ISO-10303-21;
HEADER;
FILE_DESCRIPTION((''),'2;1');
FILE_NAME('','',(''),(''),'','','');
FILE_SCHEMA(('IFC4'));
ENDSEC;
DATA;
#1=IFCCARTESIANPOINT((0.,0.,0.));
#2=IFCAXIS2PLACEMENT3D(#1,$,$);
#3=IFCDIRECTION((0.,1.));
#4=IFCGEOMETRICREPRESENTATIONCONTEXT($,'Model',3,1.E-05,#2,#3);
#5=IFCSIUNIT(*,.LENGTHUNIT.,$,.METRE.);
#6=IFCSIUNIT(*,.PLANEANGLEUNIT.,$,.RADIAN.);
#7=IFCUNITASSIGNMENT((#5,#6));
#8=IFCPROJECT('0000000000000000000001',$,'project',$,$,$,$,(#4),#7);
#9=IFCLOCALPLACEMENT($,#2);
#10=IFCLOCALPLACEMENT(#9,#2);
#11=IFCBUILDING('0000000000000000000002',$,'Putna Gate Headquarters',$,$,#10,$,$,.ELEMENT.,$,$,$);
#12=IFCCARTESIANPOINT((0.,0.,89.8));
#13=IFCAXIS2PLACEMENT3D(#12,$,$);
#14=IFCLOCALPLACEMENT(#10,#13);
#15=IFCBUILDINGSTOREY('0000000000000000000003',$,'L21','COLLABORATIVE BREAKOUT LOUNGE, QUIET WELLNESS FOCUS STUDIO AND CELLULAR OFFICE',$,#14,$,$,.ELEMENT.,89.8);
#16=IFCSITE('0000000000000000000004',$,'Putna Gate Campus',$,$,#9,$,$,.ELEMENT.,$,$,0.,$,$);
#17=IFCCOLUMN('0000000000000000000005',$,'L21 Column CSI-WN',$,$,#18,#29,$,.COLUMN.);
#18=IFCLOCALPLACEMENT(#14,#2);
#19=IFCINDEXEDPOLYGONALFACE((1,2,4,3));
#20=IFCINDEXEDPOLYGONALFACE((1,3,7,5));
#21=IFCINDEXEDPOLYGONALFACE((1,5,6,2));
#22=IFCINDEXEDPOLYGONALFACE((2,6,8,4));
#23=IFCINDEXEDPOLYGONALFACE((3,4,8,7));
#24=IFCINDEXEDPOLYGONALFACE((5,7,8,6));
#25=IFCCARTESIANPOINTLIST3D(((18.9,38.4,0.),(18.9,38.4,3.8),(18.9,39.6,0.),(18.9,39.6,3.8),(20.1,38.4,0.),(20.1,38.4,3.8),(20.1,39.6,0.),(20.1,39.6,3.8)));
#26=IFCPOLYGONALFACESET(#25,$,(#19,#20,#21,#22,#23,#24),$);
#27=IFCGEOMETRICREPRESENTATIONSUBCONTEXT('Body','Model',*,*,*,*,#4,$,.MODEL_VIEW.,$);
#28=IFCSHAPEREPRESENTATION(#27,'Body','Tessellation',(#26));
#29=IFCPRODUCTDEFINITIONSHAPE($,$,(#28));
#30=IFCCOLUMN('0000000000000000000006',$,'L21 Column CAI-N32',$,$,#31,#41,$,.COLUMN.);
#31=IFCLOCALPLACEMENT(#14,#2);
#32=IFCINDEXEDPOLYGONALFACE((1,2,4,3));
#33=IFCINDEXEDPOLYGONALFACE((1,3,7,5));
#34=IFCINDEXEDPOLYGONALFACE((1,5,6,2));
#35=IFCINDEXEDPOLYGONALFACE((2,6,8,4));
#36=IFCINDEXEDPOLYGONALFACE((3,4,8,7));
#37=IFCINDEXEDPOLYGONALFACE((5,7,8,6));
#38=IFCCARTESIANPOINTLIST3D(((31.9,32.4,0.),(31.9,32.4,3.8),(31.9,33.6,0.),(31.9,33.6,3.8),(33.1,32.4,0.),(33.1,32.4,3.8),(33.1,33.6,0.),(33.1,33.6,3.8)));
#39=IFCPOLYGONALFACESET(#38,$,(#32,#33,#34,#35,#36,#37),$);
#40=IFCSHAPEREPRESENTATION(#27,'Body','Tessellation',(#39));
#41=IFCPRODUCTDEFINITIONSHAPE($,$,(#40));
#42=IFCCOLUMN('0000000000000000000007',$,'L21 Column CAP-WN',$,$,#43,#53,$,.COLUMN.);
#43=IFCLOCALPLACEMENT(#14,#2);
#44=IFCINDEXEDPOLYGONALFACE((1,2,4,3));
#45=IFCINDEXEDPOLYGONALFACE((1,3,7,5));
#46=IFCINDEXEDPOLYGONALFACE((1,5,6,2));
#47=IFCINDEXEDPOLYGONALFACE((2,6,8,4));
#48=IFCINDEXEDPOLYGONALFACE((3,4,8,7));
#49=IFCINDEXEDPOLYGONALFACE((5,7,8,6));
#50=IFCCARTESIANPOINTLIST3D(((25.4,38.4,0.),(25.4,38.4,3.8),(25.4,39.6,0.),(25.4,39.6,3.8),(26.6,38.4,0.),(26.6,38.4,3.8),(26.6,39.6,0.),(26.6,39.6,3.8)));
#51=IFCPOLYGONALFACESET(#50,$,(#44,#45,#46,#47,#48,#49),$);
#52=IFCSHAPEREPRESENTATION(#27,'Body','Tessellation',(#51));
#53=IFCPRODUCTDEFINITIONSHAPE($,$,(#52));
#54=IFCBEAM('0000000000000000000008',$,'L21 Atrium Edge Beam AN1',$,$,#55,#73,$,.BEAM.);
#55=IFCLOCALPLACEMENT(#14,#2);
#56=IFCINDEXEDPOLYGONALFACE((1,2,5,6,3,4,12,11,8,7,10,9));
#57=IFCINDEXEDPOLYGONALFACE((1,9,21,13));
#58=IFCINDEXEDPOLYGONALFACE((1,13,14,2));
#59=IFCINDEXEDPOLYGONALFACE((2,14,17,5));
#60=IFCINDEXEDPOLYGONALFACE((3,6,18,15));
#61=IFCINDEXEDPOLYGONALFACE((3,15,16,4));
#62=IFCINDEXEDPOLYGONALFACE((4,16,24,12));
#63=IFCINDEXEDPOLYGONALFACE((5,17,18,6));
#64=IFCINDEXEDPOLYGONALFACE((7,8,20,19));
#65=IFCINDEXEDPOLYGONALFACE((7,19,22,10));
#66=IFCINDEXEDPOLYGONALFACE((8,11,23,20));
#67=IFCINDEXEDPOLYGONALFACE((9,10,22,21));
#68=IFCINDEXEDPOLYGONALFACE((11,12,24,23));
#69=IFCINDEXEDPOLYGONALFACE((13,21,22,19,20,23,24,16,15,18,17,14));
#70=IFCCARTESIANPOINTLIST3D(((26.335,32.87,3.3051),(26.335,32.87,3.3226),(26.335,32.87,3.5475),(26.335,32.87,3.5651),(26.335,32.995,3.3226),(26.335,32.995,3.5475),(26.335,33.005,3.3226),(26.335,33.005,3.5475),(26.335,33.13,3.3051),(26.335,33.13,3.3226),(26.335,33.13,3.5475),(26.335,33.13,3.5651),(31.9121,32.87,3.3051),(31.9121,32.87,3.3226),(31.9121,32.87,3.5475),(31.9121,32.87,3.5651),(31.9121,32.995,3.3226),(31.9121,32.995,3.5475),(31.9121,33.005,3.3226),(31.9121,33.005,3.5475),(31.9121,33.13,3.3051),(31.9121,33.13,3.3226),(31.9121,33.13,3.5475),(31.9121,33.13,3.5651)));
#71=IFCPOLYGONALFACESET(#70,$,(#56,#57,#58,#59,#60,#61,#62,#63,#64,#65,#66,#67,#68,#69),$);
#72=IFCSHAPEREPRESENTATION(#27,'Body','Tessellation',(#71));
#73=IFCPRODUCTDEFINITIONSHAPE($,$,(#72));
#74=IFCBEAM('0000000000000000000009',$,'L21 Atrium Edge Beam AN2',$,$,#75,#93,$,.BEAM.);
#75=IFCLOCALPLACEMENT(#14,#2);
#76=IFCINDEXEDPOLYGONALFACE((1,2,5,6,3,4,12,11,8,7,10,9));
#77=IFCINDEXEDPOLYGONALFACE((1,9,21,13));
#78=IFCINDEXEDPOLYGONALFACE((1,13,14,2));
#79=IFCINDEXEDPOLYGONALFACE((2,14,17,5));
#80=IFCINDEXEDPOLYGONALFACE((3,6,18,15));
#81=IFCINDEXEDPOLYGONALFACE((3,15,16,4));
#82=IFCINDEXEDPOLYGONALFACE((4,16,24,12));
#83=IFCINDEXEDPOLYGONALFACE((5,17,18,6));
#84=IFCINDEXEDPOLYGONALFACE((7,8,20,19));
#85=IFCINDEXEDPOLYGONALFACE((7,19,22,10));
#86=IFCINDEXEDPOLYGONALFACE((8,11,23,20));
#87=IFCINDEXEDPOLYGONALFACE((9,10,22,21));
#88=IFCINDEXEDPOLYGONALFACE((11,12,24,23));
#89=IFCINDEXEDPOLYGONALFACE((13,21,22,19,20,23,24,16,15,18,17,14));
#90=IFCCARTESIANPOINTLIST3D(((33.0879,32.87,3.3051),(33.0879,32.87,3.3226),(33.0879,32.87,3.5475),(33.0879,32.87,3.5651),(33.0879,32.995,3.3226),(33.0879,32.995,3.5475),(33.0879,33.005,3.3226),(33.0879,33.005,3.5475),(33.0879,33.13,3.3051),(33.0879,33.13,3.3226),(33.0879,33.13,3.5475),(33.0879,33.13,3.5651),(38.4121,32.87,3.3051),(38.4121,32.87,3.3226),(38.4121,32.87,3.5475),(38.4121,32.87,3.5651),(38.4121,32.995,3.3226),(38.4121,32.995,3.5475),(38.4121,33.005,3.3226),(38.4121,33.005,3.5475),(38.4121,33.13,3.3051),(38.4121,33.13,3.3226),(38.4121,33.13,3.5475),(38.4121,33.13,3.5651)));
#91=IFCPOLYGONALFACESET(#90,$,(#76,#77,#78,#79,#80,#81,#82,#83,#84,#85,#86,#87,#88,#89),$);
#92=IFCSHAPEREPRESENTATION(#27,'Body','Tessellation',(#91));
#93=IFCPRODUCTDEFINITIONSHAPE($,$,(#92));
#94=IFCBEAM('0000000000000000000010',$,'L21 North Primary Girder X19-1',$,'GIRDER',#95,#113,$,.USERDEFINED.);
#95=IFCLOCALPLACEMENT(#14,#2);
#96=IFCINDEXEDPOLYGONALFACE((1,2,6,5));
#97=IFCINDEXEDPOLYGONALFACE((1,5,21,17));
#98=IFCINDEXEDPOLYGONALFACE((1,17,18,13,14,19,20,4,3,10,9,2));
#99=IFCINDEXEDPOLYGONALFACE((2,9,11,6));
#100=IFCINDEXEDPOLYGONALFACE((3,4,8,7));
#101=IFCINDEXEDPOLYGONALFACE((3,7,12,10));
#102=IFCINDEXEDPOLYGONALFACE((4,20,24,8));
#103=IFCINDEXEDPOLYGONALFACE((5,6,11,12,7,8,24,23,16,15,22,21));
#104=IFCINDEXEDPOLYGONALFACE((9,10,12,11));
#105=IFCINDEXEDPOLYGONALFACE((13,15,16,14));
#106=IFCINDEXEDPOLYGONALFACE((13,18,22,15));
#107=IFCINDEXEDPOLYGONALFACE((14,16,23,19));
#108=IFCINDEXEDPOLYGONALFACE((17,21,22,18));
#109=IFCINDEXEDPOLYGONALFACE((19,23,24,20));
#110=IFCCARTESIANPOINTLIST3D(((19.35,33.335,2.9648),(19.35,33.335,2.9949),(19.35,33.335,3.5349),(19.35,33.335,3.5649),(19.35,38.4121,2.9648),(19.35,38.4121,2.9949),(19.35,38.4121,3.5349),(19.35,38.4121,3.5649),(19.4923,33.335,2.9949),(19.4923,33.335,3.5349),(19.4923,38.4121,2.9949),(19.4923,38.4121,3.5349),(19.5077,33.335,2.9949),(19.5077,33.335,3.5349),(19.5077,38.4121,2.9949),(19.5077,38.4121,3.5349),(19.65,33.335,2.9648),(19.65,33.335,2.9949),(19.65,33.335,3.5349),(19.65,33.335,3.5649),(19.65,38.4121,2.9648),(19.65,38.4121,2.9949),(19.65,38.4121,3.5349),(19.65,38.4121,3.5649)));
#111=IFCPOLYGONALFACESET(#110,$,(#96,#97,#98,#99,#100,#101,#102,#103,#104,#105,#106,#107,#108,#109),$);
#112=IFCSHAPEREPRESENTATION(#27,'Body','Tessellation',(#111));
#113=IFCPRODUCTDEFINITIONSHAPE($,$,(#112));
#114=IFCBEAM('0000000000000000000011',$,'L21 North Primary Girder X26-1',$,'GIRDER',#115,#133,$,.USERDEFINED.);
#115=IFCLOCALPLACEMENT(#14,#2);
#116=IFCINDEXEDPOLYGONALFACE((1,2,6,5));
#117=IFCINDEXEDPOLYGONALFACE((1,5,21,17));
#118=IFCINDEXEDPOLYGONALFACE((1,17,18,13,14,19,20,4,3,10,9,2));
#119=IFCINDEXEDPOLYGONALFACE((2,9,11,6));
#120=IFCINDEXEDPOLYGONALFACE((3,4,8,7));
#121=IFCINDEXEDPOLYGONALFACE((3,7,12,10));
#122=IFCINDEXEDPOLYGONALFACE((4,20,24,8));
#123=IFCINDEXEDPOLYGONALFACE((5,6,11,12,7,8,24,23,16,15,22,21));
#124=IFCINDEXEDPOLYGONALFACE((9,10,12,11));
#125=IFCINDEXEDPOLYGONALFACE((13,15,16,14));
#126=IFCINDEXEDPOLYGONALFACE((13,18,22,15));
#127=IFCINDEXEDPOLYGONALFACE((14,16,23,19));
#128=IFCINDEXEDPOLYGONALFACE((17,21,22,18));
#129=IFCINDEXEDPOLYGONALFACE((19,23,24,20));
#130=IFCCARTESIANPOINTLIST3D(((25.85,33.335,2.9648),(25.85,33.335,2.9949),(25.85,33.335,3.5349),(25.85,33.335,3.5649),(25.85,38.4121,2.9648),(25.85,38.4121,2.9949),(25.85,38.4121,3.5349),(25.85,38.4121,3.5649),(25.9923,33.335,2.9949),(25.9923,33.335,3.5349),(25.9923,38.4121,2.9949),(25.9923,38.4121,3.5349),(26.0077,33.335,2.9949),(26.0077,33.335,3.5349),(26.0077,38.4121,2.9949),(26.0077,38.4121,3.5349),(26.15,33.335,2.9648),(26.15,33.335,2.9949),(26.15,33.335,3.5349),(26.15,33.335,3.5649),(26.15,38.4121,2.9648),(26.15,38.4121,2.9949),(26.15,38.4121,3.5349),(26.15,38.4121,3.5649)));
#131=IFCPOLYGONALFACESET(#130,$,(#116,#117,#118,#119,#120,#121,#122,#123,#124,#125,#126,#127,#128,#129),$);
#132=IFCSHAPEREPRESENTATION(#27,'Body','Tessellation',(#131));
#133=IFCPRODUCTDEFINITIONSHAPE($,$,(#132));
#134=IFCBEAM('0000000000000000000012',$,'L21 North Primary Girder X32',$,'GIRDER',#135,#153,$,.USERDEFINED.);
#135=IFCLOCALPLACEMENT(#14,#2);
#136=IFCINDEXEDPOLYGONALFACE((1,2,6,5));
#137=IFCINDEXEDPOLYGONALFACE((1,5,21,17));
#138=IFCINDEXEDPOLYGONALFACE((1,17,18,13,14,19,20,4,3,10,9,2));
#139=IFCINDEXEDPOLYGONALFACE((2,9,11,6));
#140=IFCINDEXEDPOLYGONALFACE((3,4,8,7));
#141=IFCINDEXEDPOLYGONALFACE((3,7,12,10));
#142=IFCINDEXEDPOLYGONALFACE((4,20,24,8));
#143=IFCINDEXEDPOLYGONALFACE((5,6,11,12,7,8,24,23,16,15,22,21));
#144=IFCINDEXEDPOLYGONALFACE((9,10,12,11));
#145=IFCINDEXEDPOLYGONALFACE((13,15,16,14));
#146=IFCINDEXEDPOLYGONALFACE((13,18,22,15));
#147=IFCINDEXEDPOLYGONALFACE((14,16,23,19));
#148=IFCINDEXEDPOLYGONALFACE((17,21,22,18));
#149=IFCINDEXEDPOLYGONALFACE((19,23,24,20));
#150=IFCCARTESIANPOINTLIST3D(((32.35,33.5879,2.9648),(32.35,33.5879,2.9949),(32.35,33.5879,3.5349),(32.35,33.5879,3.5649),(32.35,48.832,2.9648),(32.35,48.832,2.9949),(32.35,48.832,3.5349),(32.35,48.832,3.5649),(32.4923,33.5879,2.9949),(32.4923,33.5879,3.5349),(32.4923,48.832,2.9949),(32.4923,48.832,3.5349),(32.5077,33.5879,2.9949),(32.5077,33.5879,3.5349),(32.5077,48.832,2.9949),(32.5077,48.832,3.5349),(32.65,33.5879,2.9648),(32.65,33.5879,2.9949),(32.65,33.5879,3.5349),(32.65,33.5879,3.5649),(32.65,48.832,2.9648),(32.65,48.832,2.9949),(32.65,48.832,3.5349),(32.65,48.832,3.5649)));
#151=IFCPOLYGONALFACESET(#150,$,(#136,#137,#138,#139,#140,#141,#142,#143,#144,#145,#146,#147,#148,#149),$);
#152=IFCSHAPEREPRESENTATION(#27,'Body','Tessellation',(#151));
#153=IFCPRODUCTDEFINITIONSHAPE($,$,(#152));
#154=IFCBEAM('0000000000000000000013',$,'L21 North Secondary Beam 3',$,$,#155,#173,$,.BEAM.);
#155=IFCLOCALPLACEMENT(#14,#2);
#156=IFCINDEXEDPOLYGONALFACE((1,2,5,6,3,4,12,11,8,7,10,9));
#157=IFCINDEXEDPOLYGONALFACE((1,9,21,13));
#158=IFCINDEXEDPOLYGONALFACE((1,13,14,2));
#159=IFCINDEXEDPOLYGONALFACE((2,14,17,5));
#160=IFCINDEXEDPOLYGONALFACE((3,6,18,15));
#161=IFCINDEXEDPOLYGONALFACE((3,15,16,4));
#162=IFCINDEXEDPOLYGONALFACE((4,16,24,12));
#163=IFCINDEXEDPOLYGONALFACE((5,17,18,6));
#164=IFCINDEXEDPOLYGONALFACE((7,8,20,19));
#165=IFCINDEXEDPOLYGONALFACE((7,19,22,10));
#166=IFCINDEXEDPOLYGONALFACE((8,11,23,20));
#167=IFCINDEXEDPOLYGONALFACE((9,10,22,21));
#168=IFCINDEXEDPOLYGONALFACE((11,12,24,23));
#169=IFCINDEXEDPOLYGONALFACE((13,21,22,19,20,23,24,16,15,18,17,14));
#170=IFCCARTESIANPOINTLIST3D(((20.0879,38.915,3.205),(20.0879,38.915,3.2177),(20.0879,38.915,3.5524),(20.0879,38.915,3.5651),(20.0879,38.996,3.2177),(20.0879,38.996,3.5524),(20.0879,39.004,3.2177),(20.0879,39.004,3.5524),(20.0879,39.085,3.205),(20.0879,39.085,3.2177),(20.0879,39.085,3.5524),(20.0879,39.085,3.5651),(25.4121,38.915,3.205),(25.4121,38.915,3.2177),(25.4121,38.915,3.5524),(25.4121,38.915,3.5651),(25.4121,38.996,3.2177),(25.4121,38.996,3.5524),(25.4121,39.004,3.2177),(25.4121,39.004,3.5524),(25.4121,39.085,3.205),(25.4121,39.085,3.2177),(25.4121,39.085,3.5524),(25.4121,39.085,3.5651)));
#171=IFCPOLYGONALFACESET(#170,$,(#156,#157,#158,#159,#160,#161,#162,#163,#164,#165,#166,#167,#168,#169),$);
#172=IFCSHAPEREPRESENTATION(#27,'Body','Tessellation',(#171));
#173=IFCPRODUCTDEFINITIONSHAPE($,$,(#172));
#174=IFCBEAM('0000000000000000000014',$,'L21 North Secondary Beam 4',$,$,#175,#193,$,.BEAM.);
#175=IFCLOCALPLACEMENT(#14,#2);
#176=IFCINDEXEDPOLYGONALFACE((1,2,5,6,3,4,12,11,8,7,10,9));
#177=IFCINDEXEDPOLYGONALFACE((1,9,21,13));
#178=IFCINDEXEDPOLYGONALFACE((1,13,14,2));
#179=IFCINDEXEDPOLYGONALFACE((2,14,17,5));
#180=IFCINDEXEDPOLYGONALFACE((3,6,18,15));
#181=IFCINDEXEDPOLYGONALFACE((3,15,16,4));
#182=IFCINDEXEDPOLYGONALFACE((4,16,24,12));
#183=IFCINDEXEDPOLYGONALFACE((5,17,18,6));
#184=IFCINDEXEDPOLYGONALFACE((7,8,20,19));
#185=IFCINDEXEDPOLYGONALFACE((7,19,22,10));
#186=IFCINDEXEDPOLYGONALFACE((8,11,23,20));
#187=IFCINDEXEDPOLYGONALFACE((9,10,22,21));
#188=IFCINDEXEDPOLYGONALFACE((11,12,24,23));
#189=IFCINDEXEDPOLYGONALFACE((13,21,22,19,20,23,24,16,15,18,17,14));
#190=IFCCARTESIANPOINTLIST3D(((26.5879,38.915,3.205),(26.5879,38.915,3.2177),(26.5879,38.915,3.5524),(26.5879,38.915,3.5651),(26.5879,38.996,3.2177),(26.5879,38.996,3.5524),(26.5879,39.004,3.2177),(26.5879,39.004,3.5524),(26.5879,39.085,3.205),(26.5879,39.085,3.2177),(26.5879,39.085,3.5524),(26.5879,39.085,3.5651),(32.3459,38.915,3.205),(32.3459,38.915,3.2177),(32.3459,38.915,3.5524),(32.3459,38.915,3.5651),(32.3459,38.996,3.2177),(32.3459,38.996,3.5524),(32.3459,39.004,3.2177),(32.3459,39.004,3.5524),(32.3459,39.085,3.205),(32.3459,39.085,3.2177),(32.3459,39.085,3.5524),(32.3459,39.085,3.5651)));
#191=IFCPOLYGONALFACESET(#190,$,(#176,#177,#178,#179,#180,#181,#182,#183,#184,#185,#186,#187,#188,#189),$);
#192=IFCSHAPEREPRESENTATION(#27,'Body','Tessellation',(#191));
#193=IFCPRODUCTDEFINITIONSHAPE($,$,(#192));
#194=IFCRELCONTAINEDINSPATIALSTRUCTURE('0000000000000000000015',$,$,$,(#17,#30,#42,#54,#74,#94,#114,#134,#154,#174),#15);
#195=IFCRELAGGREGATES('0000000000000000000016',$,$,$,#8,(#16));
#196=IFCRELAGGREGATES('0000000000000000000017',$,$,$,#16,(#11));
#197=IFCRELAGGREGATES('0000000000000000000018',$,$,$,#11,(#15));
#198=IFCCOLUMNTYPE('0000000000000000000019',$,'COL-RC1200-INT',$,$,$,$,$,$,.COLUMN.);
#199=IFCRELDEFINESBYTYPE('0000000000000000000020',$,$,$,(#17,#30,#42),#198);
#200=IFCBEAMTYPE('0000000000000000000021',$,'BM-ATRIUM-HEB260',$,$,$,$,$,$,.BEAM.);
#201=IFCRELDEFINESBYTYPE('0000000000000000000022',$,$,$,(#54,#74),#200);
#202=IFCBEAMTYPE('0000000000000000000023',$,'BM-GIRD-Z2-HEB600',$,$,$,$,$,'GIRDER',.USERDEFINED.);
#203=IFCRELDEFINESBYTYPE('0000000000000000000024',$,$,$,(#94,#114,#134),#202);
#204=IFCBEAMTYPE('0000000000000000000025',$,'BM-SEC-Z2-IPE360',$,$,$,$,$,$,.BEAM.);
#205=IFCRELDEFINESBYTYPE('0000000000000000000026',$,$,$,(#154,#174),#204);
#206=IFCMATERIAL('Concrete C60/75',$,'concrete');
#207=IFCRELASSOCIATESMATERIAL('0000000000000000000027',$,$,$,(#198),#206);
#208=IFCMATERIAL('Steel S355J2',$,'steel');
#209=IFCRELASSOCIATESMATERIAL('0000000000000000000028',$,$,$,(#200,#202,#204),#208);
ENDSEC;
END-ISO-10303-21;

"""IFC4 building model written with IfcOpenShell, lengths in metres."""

from ifc_helpers import new_model, si_unit, direction, frame, origin, origin_2d, place, context, subcontext, project, spatial, rectangle, i_section, extrude, material, material_profile, profile_set, type_object, element, save


model = new_model("IFC4")

# Units and contexts
model_context = context("Model", 3, precision=1e-05, world=origin(), true_north=direction((0.0, 1.0)))
body_context = subcontext(model_context, "Body", "Model", "MODEL_VIEW")
ifc_project = project(units=[si_unit("LENGTHUNIT", "METRE"), si_unit("PLANEANGLEUNIT", "RADIAN")], contexts=[model_context])

# Site, building, storey
site_placement = place(None, origin())
site = spatial("IfcSite", under=ifc_project, at=site_placement, Name="Putna Gate Campus", CompositionType="ELEMENT", RefElevation=0.0)
building_placement = place(site_placement, origin())
building = spatial("IfcBuilding", under=site, at=building_placement, Name="Putna Gate Headquarters", CompositionType="ELEMENT")
storey_placement = place(building_placement, frame((0.0, 0.0, 89.8)))
storey = spatial("IfcBuildingStorey", under=building, at=storey_placement, Name="L21", Description="COLLABORATIVE BREAKOUT LOUNGE, QUIET WELLNESS FOCUS STUDIO AND CELLULAR OFFICE", CompositionType="ELEMENT", Elevation=89.8)

# Columns
ifc_material_1 = material(Name="Concrete C60/75", Category="concrete")
ifc_material_profile_1 = material_profile(ifc_material_1, rectangle(XDim=1.2, YDim=1.2, at=origin_2d()), Name="Concrete C60/75")
ifc_profile_set_1 = profile_set([ifc_material_profile_1], Name="Concrete C60/75")
column_type = type_object("IfcColumnType", Name="COL-RC1200-INT", PredefinedType="COLUMN", material=ifc_profile_set_1)
for number, where, z_axis, x_axis, name in (
    (1, (19.5, 39.0, 0.0), (0.0, 0.0, 1.0), (1.0, 0.0, 0.0), "L21 Column CSI-WN"),
    (2, (32.5, 33.0, 0.0), (0.0, 0.0, 1.0), (1.0, 0.0, 0.0), "L21 Column CAI-N32"),
    (3, (26.0, 39.0, 0.0), (0.0, 0.0, 1.0), (1.0, 0.0, 0.0), "L21 Column CAP-WN"),
):
    element("IfcColumn", number, at=place(storey_placement, frame(where, z_axis=z_axis, x_axis=x_axis)), inside=storey, type_object=column_type, Name=name, PredefinedType="COLUMN", context=body_context, shape_type="SweptSolid", body=[
        extrude(rectangle(XDim=1.2, YDim=1.2, at=origin_2d()), origin(), (0.0, 0.0, 1.0), 3.8),
    ])

# Beams
ifc_material_2 = material(Name="Steel S355J2", Category="steel")
ifc_material_profile_2 = material_profile(ifc_material_2, i_section(OverallWidth=0.26, OverallDepth=0.26, WebThickness=0.01, FlangeThickness=0.0176, at=origin_2d()), Name="Steel S355J2")
ifc_profile_set_2 = profile_set([ifc_material_profile_2], Name="Steel S355J2")
beam_type_1 = type_object("IfcBeamType", Name="BM-ATRIUM-HEB260", PredefinedType="BEAM", material=ifc_profile_set_2)
beam_1_placement = place(storey_placement, frame((26.335, 33.0, 3.4351), z_axis=(1.0, 0.0, 0.0), x_axis=(0.0, 1.0, 0.0)))
element("IfcBeam", 4, at=beam_1_placement, inside=storey, type_object=beam_type_1, Name="L21 Atrium Edge Beam AN1", PredefinedType="BEAM", context=body_context, shape_type="SweptSolid", body=[
    extrude(i_section(OverallWidth=0.26, OverallDepth=0.26, WebThickness=0.01, FlangeThickness=0.0176, at=origin_2d()), origin(), (0.0, 0.0, 1.0), 5.5771),
])
beam_2_placement = place(storey_placement, frame((33.0879, 33.0, 3.4351), z_axis=(1.0, 0.0, 0.0), x_axis=(0.0, 1.0, 0.0)))
element("IfcBeam", 5, at=beam_2_placement, inside=storey, type_object=beam_type_1, Name="L21 Atrium Edge Beam AN2", PredefinedType="BEAM", context=body_context, shape_type="SweptSolid", body=[
    extrude(i_section(OverallWidth=0.26, OverallDepth=0.26, WebThickness=0.01, FlangeThickness=0.0176, at=origin_2d()), origin(), (0.0, 0.0, 1.0), 5.3242),
])
ifc_material_profile_3 = material_profile(ifc_material_2, i_section(OverallWidth=0.3, OverallDepth=0.6001, WebThickness=0.0154, FlangeThickness=0.03, at=origin_2d()), Name="Steel S355J2")
ifc_profile_set_3 = profile_set([ifc_material_profile_3], Name="Steel S355J2")
beam_type_2 = type_object("IfcBeamType", Name="BM-GIRD-Z2-HEB600", ElementType="GIRDER", PredefinedType="USERDEFINED", material=ifc_profile_set_3)
for number, where, z_axis, x_axis, name in (
    (6, (19.5, 33.335, 3.2649), (0.0, 1.0, 0.0), (-1.0, 0.0, 0.0), "L21 North Primary Girder X19-1"),
    (7, (26.0, 33.335, 3.2649), (0.0, 1.0, 0.0), (-1.0, 0.0, 0.0), "L21 North Primary Girder X26-1"),
):
    element("IfcBeam", number, at=place(storey_placement, frame(where, z_axis=z_axis, x_axis=x_axis)), inside=storey, type_object=beam_type_2, Name=name, ObjectType="GIRDER", PredefinedType="USERDEFINED", context=body_context, shape_type="SweptSolid", body=[
        extrude(i_section(OverallWidth=0.3, OverallDepth=0.6001, WebThickness=0.0154, FlangeThickness=0.03, at=origin_2d()), origin(), (0.0, 0.0, 1.0), 5.0771),
    ])
beam_3_placement = place(storey_placement, frame((32.5, 33.5879, 3.2649), z_axis=(0.0, 1.0, 0.0), x_axis=(-1.0, 0.0, 0.0)))
element("IfcBeam", 8, at=beam_3_placement, inside=storey, type_object=beam_type_2, Name="L21 North Primary Girder X32", ObjectType="GIRDER", PredefinedType="USERDEFINED", context=body_context, shape_type="SweptSolid", body=[
    extrude(i_section(OverallWidth=0.3, OverallDepth=0.6001, WebThickness=0.0154, FlangeThickness=0.03, at=origin_2d()), origin(), (0.0, 0.0, 1.0), 15.2441),
])
ifc_material_profile_4 = material_profile(ifc_material_2, i_section(OverallWidth=0.1699, OverallDepth=0.3601, WebThickness=0.0081, FlangeThickness=0.0127, at=origin_2d()), Name="Steel S355J2")
ifc_profile_set_4 = profile_set([ifc_material_profile_4], Name="Steel S355J2")
beam_type_3 = type_object("IfcBeamType", Name="BM-SEC-Z2-IPE360", PredefinedType="BEAM", material=ifc_profile_set_4)
beam_4_placement = place(storey_placement, frame((20.0879, 39.0, 3.385), z_axis=(1.0, 0.0, 0.0), x_axis=(0.0, 1.0, 0.0)))
element("IfcBeam", 9, at=beam_4_placement, inside=storey, type_object=beam_type_3, Name="L21 North Secondary Beam 3", PredefinedType="BEAM", context=body_context, shape_type="SweptSolid", body=[
    extrude(i_section(OverallWidth=0.1699, OverallDepth=0.3601, WebThickness=0.0081, FlangeThickness=0.0127, at=origin_2d()), origin(), (0.0, 0.0, 1.0), 5.3242),
])
beam_5_placement = place(storey_placement, frame((26.5879, 39.0, 3.385), z_axis=(1.0, 0.0, 0.0), x_axis=(0.0, 1.0, 0.0)))
element("IfcBeam", 10, at=beam_5_placement, inside=storey, type_object=beam_type_3, Name="L21 North Secondary Beam 4", PredefinedType="BEAM", context=body_context, shape_type="SweptSolid", body=[
    extrude(i_section(OverallWidth=0.1699, OverallDepth=0.3601, WebThickness=0.0081, FlangeThickness=0.0127, at=origin_2d()), origin(), (0.0, 0.0, 1.0), 5.7581),
])

save(model, "model.ifc")
